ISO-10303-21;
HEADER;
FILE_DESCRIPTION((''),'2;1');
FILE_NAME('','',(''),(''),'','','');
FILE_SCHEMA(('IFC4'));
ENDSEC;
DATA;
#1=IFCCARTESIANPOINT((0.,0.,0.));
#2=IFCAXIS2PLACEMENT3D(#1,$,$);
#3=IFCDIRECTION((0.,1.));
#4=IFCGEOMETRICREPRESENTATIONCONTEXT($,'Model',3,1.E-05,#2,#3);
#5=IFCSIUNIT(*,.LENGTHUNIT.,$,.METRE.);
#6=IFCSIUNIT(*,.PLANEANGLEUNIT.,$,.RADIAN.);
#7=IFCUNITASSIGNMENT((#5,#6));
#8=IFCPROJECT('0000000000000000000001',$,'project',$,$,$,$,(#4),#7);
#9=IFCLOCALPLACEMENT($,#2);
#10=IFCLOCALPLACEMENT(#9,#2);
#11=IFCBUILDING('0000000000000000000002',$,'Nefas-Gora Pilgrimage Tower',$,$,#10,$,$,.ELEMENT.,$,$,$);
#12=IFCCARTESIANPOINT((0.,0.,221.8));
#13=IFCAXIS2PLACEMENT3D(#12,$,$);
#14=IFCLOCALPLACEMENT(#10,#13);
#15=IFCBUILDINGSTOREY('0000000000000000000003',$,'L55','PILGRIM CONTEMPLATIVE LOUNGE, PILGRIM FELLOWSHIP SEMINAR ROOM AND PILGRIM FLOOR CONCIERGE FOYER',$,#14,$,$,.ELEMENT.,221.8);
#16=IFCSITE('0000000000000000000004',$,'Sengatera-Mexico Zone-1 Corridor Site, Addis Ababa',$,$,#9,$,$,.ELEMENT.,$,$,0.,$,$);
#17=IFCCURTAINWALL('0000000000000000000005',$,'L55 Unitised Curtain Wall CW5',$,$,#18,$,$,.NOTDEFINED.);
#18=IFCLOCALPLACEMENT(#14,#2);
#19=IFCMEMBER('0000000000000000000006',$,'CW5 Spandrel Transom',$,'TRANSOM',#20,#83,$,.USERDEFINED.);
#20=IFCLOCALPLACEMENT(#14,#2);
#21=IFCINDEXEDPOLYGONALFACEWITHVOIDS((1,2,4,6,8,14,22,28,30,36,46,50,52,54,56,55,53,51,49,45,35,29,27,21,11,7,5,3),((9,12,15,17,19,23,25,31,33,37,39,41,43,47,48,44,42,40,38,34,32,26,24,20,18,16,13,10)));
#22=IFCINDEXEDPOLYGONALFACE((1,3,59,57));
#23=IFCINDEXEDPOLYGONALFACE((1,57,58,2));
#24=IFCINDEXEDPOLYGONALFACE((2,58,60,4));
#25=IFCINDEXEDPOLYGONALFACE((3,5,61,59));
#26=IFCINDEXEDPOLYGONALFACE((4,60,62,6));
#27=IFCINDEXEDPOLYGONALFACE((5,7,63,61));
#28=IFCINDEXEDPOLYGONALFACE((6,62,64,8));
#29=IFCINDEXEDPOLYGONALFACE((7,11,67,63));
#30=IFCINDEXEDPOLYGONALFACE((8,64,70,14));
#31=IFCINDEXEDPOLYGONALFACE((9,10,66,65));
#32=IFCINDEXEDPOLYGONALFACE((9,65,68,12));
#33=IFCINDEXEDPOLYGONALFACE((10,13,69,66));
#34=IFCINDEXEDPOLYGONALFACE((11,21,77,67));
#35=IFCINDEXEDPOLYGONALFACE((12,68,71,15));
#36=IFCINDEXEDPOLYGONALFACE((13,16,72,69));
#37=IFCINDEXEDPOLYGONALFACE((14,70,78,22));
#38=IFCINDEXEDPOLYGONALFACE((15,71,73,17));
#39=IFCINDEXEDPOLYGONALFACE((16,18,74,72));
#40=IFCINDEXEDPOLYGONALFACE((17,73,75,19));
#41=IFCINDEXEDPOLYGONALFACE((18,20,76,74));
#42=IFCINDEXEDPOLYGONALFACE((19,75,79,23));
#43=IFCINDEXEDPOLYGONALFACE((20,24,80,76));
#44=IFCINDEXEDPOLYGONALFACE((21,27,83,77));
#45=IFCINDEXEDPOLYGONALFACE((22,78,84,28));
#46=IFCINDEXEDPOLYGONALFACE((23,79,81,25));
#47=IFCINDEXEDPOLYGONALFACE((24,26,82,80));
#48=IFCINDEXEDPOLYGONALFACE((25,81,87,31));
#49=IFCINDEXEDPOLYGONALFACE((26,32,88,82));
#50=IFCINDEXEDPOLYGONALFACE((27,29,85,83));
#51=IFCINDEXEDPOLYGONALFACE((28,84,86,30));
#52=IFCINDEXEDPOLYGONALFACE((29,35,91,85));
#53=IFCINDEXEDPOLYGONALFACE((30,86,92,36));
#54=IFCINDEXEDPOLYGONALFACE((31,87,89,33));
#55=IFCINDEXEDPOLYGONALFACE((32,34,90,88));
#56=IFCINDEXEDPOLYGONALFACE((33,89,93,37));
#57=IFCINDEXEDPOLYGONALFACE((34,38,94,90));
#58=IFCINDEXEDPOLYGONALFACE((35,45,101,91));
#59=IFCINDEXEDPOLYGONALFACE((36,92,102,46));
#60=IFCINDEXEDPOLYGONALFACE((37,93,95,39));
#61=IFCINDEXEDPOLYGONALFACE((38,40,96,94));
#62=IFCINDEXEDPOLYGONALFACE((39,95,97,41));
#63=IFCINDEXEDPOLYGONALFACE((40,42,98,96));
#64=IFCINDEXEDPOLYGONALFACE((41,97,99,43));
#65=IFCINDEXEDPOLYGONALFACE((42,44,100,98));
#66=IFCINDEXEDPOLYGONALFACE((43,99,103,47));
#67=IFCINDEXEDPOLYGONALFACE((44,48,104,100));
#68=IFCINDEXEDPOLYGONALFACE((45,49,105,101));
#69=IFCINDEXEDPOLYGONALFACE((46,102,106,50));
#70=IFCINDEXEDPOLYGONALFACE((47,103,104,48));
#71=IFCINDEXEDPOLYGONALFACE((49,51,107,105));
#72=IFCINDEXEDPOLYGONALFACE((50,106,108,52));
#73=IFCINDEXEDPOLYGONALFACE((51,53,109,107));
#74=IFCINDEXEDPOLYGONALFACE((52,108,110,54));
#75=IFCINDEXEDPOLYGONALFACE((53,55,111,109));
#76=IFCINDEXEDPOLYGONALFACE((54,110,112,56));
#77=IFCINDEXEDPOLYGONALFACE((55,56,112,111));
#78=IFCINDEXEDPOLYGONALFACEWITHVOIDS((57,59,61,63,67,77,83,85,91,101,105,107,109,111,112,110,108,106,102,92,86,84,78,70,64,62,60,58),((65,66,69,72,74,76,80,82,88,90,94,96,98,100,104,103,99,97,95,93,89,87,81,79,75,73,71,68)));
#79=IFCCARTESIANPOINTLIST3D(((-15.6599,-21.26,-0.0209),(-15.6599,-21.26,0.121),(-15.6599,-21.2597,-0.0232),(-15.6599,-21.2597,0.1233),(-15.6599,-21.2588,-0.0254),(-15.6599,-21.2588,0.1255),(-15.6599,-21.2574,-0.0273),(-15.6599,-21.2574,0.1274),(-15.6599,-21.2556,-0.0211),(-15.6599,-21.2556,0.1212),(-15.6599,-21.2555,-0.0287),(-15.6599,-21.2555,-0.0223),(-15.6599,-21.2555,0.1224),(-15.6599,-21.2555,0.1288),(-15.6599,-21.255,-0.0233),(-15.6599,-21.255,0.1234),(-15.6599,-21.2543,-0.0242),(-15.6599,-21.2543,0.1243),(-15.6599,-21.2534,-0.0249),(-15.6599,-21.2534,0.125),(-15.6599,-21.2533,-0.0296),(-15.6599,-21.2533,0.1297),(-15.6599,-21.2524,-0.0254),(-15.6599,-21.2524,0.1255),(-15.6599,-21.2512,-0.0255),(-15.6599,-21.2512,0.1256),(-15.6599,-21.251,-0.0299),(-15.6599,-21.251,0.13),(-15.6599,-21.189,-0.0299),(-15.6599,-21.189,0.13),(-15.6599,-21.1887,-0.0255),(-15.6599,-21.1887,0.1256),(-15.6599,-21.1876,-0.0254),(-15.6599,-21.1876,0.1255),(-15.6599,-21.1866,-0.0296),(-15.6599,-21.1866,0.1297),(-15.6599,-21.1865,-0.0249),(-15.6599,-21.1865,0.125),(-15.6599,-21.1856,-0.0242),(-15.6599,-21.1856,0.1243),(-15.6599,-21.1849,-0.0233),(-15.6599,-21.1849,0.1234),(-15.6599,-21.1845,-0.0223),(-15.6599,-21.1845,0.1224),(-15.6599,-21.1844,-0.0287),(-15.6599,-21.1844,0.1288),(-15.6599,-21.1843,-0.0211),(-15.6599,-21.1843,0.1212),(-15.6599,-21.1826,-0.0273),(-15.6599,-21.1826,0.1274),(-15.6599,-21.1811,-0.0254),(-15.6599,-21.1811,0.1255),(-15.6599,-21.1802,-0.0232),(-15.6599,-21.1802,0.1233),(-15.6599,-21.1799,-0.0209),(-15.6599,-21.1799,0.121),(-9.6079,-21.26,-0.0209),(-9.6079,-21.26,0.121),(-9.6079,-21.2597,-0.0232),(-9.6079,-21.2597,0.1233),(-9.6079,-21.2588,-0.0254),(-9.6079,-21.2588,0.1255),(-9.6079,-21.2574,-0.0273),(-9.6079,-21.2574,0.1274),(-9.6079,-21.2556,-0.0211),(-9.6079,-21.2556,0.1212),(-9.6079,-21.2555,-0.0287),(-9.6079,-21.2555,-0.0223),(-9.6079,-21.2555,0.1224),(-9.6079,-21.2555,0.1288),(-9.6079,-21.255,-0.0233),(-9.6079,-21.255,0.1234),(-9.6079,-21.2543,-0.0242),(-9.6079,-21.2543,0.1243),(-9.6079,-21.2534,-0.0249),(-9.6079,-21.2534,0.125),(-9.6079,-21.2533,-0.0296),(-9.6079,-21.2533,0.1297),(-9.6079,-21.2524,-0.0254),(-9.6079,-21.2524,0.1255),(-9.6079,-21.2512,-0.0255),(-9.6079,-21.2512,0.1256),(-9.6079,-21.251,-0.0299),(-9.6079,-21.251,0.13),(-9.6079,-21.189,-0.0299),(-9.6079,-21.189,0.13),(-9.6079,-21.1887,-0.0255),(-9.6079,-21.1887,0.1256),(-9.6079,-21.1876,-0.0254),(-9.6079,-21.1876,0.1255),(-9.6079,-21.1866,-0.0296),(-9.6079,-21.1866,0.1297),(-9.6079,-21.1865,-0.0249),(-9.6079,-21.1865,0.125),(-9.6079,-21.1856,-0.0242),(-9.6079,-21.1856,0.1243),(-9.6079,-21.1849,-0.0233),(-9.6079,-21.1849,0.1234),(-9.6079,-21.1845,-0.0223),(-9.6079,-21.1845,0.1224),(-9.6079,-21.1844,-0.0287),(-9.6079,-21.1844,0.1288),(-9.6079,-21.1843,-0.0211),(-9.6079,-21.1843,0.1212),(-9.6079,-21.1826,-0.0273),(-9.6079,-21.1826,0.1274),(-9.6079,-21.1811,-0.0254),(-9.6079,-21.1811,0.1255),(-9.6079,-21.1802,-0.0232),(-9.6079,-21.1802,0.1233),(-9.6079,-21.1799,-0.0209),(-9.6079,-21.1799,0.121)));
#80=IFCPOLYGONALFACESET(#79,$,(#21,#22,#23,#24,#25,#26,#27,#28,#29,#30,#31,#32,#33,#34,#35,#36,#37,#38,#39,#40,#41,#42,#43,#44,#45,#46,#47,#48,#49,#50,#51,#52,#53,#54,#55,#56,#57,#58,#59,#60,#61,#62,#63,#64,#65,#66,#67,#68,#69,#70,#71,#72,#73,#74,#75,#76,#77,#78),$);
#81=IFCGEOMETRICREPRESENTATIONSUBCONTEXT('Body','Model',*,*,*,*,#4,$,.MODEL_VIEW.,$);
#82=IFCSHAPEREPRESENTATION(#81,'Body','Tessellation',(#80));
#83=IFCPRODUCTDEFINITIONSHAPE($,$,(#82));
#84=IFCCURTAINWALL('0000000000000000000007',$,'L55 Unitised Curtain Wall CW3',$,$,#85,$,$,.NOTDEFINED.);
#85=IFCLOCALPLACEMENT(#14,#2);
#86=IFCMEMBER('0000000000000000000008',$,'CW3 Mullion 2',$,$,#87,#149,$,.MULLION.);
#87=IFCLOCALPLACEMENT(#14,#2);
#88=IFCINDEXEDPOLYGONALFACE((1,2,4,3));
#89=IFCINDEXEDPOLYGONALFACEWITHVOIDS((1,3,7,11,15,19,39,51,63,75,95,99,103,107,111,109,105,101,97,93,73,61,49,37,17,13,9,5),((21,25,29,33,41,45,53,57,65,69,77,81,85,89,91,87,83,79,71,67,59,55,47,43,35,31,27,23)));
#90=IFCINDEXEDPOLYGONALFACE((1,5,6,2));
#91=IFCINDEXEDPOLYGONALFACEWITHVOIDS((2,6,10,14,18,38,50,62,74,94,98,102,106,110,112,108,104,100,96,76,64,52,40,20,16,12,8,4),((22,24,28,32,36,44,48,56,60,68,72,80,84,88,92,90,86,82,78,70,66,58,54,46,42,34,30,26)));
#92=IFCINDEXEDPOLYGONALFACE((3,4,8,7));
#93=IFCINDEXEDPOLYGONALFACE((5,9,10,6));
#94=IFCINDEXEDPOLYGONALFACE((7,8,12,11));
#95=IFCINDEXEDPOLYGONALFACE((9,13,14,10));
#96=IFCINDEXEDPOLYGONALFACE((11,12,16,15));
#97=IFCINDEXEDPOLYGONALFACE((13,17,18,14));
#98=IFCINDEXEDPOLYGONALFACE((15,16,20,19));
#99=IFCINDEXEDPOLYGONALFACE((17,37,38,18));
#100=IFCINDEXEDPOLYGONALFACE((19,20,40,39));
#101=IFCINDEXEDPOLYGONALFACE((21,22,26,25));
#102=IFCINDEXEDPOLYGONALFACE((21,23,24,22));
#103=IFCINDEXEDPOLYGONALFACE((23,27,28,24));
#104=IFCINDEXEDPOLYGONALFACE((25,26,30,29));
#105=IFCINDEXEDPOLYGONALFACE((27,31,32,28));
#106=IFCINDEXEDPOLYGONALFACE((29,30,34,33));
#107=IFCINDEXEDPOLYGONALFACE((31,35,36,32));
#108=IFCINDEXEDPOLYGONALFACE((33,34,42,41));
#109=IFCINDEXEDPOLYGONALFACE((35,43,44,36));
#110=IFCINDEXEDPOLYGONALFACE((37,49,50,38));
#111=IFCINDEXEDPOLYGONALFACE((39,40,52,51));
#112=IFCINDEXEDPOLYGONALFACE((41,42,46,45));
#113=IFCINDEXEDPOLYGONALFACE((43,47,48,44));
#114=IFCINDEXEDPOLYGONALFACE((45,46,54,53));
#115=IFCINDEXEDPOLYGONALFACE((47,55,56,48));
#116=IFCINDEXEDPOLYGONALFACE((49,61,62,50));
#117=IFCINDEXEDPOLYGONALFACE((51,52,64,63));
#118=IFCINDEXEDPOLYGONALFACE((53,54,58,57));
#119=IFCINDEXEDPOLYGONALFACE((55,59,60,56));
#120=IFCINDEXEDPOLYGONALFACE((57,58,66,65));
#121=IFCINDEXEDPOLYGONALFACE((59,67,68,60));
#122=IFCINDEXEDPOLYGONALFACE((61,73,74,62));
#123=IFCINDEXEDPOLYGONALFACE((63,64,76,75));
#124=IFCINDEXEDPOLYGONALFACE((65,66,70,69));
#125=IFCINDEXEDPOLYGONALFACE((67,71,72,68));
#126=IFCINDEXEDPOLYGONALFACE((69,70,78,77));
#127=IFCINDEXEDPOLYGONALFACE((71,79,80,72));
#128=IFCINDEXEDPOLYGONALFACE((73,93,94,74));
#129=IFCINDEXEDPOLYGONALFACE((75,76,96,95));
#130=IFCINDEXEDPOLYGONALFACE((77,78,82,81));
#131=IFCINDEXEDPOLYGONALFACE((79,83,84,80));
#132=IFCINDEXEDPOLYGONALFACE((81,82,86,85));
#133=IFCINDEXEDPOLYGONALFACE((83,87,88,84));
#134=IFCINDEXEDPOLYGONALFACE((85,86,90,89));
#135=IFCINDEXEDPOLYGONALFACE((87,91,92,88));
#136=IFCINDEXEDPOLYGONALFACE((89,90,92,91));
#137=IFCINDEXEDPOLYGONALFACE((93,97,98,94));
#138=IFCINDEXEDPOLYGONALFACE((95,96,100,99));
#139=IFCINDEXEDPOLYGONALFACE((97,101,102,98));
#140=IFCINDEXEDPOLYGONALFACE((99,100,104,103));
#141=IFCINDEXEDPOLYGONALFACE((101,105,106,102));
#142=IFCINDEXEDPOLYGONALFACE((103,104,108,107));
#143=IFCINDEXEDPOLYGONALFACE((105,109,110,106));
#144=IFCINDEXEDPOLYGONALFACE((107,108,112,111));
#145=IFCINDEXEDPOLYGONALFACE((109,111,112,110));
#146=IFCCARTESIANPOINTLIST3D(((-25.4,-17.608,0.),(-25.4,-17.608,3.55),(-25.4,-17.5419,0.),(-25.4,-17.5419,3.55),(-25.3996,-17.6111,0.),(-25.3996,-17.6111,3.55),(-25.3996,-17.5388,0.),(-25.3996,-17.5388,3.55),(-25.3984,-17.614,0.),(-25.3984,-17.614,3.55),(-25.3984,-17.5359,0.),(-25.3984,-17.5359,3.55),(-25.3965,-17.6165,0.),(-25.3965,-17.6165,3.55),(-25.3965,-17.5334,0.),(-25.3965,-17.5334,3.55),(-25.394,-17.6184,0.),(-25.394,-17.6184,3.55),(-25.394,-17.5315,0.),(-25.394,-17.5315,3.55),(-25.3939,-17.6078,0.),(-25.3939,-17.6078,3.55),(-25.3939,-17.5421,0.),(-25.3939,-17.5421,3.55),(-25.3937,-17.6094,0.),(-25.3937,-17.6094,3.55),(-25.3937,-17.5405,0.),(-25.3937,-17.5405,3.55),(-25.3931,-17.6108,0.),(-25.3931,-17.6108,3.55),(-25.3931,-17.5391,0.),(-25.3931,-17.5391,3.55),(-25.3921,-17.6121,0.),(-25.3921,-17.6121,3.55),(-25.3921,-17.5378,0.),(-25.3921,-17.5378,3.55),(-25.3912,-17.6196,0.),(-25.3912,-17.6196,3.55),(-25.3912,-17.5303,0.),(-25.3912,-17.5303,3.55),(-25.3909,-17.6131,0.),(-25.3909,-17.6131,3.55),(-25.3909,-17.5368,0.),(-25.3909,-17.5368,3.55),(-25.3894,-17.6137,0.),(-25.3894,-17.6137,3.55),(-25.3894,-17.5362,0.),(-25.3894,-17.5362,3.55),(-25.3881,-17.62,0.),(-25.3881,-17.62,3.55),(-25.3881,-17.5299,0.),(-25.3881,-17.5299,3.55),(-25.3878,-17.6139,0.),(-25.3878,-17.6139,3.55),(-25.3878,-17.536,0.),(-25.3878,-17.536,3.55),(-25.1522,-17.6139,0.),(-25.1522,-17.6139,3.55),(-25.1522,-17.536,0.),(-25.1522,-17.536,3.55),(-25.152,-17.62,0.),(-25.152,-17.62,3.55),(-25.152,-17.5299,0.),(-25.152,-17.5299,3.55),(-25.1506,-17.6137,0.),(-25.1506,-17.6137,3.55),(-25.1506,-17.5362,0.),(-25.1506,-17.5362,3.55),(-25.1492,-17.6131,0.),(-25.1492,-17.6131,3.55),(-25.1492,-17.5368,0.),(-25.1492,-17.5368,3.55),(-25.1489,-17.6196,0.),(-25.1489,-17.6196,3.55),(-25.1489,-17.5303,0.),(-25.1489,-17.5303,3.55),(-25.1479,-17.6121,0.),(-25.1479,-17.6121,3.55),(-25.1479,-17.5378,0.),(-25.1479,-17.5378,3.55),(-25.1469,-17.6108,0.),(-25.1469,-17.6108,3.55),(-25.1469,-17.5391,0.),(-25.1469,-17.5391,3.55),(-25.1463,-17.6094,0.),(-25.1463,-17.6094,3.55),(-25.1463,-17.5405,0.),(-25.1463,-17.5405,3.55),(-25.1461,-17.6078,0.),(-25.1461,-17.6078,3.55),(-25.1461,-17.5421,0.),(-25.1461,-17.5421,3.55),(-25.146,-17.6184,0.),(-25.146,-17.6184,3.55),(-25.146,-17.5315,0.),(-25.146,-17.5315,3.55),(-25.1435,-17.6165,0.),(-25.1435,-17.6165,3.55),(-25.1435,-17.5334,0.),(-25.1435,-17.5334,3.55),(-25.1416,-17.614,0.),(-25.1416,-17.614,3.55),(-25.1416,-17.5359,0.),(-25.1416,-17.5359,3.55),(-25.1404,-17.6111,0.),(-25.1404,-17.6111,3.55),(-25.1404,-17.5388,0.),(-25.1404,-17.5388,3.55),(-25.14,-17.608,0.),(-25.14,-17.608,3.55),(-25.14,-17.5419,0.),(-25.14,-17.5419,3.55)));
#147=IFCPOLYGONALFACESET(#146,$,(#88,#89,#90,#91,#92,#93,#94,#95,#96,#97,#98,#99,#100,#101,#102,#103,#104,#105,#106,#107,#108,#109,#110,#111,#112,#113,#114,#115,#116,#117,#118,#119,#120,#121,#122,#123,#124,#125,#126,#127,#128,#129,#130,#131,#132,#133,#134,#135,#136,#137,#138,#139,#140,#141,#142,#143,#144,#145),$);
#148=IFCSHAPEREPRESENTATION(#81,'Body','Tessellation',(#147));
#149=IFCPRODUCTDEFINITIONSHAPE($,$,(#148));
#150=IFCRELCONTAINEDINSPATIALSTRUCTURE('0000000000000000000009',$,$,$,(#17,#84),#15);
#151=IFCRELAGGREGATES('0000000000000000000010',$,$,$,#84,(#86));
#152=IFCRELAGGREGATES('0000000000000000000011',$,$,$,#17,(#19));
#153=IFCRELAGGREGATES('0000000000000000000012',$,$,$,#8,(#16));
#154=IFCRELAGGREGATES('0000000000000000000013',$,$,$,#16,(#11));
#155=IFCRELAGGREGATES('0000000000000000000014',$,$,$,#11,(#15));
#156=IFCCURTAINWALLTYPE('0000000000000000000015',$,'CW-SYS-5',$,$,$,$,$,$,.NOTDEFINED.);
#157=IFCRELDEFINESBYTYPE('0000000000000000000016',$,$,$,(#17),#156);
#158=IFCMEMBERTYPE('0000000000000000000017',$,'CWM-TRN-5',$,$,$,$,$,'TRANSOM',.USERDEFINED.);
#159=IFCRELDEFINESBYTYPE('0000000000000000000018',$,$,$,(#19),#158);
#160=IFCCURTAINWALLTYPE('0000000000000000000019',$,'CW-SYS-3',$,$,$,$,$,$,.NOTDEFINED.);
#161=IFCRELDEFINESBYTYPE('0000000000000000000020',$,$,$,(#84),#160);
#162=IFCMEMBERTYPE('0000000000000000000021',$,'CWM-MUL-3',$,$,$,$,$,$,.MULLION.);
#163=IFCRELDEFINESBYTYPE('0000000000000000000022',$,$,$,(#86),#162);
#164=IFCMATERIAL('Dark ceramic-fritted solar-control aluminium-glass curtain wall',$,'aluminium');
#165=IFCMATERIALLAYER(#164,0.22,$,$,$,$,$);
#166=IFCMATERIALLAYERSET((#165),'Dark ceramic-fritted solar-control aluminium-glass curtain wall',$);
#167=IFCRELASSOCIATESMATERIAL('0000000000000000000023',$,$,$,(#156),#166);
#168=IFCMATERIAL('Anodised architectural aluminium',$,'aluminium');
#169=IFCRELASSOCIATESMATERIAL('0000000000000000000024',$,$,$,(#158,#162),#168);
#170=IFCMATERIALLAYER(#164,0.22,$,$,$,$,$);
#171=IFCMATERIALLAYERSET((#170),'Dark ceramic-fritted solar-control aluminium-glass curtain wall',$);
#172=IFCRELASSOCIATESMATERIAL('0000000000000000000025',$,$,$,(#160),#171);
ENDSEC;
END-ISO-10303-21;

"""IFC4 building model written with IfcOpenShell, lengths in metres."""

from ifc_helpers import new_model, si_unit, direction, frame, origin, origin_2d, place, context, subcontext, project, spatial, hollow_rectangle, extrude, source, transform, mapped, material, layer, layer_set, material_profile, profile_set, type_object, element, aggregate, save


model = new_model("IFC4")

# Units and contexts
model_context = context("Model", 3, precision=1e-05, world=origin(), true_north=direction((0.0, 1.0)))
body_context = subcontext(model_context, "Body", "Model", "MODEL_VIEW")
ifc_project = project(units=[si_unit("LENGTHUNIT", "METRE"), si_unit("PLANEANGLEUNIT", "RADIAN")], contexts=[model_context])

# Site, building, storey
site_placement = place(None, origin())
site = spatial("IfcSite", under=ifc_project, at=site_placement, Name="Sengatera-Mexico Zone-1 Corridor Site, Addis Ababa", CompositionType="ELEMENT", RefElevation=0.0)
building_placement = place(site_placement, origin())
building = spatial("IfcBuilding", under=site, at=building_placement, Name="Nefas-Gora Pilgrimage Tower", CompositionType="ELEMENT")
storey_placement = place(building_placement, frame((0.0, 0.0, 221.8)))
storey = spatial("IfcBuildingStorey", under=building, at=storey_placement, Name="L55", Description="PILGRIM CONTEMPLATIVE LOUNGE, PILGRIM FELLOWSHIP SEMINAR ROOM AND PILGRIM FLOOR CONCIERGE FOYER", CompositionType="ELEMENT", Elevation=221.8)

# Curtain wall, member
ifc_material_1 = material(Name="Dark ceramic-fritted solar-control aluminium-glass curtain wall", Category="aluminium")
ifc_layer_1 = layer(ifc_material_1, 0.22)
ifc_layer_set_1 = layer_set([ifc_layer_1], Name="Dark ceramic-fritted solar-control aluminium-glass curtain wall")
curtain_wall_type_1 = type_object("IfcCurtainWallType", Name="CW-SYS-5", PredefinedType="NOTDEFINED", material=ifc_layer_set_1)
curtain_wall_1_placement = place(storey_placement, origin())
curtain_wall_1 = element("IfcCurtainWall", 1, at=curtain_wall_1_placement, inside=storey, type_object=curtain_wall_type_1, Name="L55 Unitised Curtain Wall CW5", PredefinedType="NOTDEFINED")
ifc_material_2 = material(Name="Anodised architectural aluminium", Category="aluminium")
ifc_material_profile_1 = material_profile(ifc_material_2, hollow_rectangle(XDim=0.0801, YDim=0.1599, WallThickness=0.0044, InnerFilletRadius=0.0044, OuterFilletRadius=0.009, at=origin_2d()), Name="ALU TRANSOM 80x160")
ifc_profile_set_1 = profile_set([ifc_material_profile_1], Name="Anodised architectural aluminium")
member_type_1 = type_object("IfcMemberType", Name="CWM-TRN-5", ElementType="TRANSOM", PredefinedType="USERDEFINED", material=ifc_profile_set_1)
shared_shape_1 = source(origin(), body_context, "Body", "SweptSolid", [
    extrude(hollow_rectangle(XDim=0.0801, YDim=0.1599, WallThickness=0.0044, InnerFilletRadius=0.0044, OuterFilletRadius=0.009, at=origin_2d()), origin(), (0.0, 0.0, 1.0), 6.052),
])
member_1_placement = place(storey_placement, frame((-15.6599, -21.22, 0.05), z_axis=(1.0, 0.0, 0.0), x_axis=(0.0, 1.0, 0.0)))
member_1 = element("IfcMember", 2, at=member_1_placement, type_object=member_type_1, Name="CW5 Spandrel Transom", ObjectType="TRANSOM", PredefinedType="USERDEFINED", context=body_context, shape_type="MappedRepresentation", body=[
    mapped(shared_shape_1, transform((0.0, 0.0, 0.0), x_axis=(1.0, 0.0, 0.0), y_axis=(0.0, 1.0, 0.0), z_axis=(0.0, 0.0, 1.0), scale=1.0)),
])

# Curtain wall, member
ifc_layer_2 = layer(ifc_material_1, 0.22)
ifc_layer_set_2 = layer_set([ifc_layer_2], Name="Dark ceramic-fritted solar-control aluminium-glass curtain wall")
curtain_wall_type_2 = type_object("IfcCurtainWallType", Name="CW-SYS-3", PredefinedType="NOTDEFINED", material=ifc_layer_set_2)
curtain_wall_2_placement = place(storey_placement, origin())
curtain_wall_2 = element("IfcCurtainWall", 3, at=curtain_wall_2_placement, inside=storey, type_object=curtain_wall_type_2, Name="L55 Unitised Curtain Wall CW3", PredefinedType="NOTDEFINED")
ifc_material_profile_2 = material_profile(ifc_material_2, hollow_rectangle(XDim=0.0901, YDim=0.26, WallThickness=0.0061, InnerFilletRadius=0.0061, OuterFilletRadius=0.012, at=origin_2d()), Name="ALU MULLION 90x260")
ifc_profile_set_2 = profile_set([ifc_material_profile_2], Name="Anodised architectural aluminium")
member_type_2 = type_object("IfcMemberType", Name="CWM-MUL-3", PredefinedType="MULLION", material=ifc_profile_set_2)
shared_shape_2 = source(origin(), body_context, "Body", "SweptSolid", [
    extrude(hollow_rectangle(XDim=0.0901, YDim=0.26, WallThickness=0.0061, InnerFilletRadius=0.0061, OuterFilletRadius=0.012, at=origin_2d()), origin(), (0.0, 0.0, 1.0), 3.55),
])
member_2_placement = place(storey_placement, frame((-25.27, -17.575, 0.0), z_axis=(0.0, 0.0, 1.0), x_axis=(0.0, -1.0, 0.0)))
member_2 = element("IfcMember", 4, at=member_2_placement, type_object=member_type_2, Name="CW3 Mullion 2", PredefinedType="MULLION", context=body_context, shape_type="MappedRepresentation", body=[
    mapped(shared_shape_2, transform((0.0, 0.0, 0.0), x_axis=(1.0, 0.0, 0.0), y_axis=(0.0, 1.0, 0.0), z_axis=(0.0, 0.0, 1.0), scale=1.0)),
])
aggregate(curtain_wall_2, [member_2])

aggregate(curtain_wall_1, [member_1])

save(model, "model.ifc")
